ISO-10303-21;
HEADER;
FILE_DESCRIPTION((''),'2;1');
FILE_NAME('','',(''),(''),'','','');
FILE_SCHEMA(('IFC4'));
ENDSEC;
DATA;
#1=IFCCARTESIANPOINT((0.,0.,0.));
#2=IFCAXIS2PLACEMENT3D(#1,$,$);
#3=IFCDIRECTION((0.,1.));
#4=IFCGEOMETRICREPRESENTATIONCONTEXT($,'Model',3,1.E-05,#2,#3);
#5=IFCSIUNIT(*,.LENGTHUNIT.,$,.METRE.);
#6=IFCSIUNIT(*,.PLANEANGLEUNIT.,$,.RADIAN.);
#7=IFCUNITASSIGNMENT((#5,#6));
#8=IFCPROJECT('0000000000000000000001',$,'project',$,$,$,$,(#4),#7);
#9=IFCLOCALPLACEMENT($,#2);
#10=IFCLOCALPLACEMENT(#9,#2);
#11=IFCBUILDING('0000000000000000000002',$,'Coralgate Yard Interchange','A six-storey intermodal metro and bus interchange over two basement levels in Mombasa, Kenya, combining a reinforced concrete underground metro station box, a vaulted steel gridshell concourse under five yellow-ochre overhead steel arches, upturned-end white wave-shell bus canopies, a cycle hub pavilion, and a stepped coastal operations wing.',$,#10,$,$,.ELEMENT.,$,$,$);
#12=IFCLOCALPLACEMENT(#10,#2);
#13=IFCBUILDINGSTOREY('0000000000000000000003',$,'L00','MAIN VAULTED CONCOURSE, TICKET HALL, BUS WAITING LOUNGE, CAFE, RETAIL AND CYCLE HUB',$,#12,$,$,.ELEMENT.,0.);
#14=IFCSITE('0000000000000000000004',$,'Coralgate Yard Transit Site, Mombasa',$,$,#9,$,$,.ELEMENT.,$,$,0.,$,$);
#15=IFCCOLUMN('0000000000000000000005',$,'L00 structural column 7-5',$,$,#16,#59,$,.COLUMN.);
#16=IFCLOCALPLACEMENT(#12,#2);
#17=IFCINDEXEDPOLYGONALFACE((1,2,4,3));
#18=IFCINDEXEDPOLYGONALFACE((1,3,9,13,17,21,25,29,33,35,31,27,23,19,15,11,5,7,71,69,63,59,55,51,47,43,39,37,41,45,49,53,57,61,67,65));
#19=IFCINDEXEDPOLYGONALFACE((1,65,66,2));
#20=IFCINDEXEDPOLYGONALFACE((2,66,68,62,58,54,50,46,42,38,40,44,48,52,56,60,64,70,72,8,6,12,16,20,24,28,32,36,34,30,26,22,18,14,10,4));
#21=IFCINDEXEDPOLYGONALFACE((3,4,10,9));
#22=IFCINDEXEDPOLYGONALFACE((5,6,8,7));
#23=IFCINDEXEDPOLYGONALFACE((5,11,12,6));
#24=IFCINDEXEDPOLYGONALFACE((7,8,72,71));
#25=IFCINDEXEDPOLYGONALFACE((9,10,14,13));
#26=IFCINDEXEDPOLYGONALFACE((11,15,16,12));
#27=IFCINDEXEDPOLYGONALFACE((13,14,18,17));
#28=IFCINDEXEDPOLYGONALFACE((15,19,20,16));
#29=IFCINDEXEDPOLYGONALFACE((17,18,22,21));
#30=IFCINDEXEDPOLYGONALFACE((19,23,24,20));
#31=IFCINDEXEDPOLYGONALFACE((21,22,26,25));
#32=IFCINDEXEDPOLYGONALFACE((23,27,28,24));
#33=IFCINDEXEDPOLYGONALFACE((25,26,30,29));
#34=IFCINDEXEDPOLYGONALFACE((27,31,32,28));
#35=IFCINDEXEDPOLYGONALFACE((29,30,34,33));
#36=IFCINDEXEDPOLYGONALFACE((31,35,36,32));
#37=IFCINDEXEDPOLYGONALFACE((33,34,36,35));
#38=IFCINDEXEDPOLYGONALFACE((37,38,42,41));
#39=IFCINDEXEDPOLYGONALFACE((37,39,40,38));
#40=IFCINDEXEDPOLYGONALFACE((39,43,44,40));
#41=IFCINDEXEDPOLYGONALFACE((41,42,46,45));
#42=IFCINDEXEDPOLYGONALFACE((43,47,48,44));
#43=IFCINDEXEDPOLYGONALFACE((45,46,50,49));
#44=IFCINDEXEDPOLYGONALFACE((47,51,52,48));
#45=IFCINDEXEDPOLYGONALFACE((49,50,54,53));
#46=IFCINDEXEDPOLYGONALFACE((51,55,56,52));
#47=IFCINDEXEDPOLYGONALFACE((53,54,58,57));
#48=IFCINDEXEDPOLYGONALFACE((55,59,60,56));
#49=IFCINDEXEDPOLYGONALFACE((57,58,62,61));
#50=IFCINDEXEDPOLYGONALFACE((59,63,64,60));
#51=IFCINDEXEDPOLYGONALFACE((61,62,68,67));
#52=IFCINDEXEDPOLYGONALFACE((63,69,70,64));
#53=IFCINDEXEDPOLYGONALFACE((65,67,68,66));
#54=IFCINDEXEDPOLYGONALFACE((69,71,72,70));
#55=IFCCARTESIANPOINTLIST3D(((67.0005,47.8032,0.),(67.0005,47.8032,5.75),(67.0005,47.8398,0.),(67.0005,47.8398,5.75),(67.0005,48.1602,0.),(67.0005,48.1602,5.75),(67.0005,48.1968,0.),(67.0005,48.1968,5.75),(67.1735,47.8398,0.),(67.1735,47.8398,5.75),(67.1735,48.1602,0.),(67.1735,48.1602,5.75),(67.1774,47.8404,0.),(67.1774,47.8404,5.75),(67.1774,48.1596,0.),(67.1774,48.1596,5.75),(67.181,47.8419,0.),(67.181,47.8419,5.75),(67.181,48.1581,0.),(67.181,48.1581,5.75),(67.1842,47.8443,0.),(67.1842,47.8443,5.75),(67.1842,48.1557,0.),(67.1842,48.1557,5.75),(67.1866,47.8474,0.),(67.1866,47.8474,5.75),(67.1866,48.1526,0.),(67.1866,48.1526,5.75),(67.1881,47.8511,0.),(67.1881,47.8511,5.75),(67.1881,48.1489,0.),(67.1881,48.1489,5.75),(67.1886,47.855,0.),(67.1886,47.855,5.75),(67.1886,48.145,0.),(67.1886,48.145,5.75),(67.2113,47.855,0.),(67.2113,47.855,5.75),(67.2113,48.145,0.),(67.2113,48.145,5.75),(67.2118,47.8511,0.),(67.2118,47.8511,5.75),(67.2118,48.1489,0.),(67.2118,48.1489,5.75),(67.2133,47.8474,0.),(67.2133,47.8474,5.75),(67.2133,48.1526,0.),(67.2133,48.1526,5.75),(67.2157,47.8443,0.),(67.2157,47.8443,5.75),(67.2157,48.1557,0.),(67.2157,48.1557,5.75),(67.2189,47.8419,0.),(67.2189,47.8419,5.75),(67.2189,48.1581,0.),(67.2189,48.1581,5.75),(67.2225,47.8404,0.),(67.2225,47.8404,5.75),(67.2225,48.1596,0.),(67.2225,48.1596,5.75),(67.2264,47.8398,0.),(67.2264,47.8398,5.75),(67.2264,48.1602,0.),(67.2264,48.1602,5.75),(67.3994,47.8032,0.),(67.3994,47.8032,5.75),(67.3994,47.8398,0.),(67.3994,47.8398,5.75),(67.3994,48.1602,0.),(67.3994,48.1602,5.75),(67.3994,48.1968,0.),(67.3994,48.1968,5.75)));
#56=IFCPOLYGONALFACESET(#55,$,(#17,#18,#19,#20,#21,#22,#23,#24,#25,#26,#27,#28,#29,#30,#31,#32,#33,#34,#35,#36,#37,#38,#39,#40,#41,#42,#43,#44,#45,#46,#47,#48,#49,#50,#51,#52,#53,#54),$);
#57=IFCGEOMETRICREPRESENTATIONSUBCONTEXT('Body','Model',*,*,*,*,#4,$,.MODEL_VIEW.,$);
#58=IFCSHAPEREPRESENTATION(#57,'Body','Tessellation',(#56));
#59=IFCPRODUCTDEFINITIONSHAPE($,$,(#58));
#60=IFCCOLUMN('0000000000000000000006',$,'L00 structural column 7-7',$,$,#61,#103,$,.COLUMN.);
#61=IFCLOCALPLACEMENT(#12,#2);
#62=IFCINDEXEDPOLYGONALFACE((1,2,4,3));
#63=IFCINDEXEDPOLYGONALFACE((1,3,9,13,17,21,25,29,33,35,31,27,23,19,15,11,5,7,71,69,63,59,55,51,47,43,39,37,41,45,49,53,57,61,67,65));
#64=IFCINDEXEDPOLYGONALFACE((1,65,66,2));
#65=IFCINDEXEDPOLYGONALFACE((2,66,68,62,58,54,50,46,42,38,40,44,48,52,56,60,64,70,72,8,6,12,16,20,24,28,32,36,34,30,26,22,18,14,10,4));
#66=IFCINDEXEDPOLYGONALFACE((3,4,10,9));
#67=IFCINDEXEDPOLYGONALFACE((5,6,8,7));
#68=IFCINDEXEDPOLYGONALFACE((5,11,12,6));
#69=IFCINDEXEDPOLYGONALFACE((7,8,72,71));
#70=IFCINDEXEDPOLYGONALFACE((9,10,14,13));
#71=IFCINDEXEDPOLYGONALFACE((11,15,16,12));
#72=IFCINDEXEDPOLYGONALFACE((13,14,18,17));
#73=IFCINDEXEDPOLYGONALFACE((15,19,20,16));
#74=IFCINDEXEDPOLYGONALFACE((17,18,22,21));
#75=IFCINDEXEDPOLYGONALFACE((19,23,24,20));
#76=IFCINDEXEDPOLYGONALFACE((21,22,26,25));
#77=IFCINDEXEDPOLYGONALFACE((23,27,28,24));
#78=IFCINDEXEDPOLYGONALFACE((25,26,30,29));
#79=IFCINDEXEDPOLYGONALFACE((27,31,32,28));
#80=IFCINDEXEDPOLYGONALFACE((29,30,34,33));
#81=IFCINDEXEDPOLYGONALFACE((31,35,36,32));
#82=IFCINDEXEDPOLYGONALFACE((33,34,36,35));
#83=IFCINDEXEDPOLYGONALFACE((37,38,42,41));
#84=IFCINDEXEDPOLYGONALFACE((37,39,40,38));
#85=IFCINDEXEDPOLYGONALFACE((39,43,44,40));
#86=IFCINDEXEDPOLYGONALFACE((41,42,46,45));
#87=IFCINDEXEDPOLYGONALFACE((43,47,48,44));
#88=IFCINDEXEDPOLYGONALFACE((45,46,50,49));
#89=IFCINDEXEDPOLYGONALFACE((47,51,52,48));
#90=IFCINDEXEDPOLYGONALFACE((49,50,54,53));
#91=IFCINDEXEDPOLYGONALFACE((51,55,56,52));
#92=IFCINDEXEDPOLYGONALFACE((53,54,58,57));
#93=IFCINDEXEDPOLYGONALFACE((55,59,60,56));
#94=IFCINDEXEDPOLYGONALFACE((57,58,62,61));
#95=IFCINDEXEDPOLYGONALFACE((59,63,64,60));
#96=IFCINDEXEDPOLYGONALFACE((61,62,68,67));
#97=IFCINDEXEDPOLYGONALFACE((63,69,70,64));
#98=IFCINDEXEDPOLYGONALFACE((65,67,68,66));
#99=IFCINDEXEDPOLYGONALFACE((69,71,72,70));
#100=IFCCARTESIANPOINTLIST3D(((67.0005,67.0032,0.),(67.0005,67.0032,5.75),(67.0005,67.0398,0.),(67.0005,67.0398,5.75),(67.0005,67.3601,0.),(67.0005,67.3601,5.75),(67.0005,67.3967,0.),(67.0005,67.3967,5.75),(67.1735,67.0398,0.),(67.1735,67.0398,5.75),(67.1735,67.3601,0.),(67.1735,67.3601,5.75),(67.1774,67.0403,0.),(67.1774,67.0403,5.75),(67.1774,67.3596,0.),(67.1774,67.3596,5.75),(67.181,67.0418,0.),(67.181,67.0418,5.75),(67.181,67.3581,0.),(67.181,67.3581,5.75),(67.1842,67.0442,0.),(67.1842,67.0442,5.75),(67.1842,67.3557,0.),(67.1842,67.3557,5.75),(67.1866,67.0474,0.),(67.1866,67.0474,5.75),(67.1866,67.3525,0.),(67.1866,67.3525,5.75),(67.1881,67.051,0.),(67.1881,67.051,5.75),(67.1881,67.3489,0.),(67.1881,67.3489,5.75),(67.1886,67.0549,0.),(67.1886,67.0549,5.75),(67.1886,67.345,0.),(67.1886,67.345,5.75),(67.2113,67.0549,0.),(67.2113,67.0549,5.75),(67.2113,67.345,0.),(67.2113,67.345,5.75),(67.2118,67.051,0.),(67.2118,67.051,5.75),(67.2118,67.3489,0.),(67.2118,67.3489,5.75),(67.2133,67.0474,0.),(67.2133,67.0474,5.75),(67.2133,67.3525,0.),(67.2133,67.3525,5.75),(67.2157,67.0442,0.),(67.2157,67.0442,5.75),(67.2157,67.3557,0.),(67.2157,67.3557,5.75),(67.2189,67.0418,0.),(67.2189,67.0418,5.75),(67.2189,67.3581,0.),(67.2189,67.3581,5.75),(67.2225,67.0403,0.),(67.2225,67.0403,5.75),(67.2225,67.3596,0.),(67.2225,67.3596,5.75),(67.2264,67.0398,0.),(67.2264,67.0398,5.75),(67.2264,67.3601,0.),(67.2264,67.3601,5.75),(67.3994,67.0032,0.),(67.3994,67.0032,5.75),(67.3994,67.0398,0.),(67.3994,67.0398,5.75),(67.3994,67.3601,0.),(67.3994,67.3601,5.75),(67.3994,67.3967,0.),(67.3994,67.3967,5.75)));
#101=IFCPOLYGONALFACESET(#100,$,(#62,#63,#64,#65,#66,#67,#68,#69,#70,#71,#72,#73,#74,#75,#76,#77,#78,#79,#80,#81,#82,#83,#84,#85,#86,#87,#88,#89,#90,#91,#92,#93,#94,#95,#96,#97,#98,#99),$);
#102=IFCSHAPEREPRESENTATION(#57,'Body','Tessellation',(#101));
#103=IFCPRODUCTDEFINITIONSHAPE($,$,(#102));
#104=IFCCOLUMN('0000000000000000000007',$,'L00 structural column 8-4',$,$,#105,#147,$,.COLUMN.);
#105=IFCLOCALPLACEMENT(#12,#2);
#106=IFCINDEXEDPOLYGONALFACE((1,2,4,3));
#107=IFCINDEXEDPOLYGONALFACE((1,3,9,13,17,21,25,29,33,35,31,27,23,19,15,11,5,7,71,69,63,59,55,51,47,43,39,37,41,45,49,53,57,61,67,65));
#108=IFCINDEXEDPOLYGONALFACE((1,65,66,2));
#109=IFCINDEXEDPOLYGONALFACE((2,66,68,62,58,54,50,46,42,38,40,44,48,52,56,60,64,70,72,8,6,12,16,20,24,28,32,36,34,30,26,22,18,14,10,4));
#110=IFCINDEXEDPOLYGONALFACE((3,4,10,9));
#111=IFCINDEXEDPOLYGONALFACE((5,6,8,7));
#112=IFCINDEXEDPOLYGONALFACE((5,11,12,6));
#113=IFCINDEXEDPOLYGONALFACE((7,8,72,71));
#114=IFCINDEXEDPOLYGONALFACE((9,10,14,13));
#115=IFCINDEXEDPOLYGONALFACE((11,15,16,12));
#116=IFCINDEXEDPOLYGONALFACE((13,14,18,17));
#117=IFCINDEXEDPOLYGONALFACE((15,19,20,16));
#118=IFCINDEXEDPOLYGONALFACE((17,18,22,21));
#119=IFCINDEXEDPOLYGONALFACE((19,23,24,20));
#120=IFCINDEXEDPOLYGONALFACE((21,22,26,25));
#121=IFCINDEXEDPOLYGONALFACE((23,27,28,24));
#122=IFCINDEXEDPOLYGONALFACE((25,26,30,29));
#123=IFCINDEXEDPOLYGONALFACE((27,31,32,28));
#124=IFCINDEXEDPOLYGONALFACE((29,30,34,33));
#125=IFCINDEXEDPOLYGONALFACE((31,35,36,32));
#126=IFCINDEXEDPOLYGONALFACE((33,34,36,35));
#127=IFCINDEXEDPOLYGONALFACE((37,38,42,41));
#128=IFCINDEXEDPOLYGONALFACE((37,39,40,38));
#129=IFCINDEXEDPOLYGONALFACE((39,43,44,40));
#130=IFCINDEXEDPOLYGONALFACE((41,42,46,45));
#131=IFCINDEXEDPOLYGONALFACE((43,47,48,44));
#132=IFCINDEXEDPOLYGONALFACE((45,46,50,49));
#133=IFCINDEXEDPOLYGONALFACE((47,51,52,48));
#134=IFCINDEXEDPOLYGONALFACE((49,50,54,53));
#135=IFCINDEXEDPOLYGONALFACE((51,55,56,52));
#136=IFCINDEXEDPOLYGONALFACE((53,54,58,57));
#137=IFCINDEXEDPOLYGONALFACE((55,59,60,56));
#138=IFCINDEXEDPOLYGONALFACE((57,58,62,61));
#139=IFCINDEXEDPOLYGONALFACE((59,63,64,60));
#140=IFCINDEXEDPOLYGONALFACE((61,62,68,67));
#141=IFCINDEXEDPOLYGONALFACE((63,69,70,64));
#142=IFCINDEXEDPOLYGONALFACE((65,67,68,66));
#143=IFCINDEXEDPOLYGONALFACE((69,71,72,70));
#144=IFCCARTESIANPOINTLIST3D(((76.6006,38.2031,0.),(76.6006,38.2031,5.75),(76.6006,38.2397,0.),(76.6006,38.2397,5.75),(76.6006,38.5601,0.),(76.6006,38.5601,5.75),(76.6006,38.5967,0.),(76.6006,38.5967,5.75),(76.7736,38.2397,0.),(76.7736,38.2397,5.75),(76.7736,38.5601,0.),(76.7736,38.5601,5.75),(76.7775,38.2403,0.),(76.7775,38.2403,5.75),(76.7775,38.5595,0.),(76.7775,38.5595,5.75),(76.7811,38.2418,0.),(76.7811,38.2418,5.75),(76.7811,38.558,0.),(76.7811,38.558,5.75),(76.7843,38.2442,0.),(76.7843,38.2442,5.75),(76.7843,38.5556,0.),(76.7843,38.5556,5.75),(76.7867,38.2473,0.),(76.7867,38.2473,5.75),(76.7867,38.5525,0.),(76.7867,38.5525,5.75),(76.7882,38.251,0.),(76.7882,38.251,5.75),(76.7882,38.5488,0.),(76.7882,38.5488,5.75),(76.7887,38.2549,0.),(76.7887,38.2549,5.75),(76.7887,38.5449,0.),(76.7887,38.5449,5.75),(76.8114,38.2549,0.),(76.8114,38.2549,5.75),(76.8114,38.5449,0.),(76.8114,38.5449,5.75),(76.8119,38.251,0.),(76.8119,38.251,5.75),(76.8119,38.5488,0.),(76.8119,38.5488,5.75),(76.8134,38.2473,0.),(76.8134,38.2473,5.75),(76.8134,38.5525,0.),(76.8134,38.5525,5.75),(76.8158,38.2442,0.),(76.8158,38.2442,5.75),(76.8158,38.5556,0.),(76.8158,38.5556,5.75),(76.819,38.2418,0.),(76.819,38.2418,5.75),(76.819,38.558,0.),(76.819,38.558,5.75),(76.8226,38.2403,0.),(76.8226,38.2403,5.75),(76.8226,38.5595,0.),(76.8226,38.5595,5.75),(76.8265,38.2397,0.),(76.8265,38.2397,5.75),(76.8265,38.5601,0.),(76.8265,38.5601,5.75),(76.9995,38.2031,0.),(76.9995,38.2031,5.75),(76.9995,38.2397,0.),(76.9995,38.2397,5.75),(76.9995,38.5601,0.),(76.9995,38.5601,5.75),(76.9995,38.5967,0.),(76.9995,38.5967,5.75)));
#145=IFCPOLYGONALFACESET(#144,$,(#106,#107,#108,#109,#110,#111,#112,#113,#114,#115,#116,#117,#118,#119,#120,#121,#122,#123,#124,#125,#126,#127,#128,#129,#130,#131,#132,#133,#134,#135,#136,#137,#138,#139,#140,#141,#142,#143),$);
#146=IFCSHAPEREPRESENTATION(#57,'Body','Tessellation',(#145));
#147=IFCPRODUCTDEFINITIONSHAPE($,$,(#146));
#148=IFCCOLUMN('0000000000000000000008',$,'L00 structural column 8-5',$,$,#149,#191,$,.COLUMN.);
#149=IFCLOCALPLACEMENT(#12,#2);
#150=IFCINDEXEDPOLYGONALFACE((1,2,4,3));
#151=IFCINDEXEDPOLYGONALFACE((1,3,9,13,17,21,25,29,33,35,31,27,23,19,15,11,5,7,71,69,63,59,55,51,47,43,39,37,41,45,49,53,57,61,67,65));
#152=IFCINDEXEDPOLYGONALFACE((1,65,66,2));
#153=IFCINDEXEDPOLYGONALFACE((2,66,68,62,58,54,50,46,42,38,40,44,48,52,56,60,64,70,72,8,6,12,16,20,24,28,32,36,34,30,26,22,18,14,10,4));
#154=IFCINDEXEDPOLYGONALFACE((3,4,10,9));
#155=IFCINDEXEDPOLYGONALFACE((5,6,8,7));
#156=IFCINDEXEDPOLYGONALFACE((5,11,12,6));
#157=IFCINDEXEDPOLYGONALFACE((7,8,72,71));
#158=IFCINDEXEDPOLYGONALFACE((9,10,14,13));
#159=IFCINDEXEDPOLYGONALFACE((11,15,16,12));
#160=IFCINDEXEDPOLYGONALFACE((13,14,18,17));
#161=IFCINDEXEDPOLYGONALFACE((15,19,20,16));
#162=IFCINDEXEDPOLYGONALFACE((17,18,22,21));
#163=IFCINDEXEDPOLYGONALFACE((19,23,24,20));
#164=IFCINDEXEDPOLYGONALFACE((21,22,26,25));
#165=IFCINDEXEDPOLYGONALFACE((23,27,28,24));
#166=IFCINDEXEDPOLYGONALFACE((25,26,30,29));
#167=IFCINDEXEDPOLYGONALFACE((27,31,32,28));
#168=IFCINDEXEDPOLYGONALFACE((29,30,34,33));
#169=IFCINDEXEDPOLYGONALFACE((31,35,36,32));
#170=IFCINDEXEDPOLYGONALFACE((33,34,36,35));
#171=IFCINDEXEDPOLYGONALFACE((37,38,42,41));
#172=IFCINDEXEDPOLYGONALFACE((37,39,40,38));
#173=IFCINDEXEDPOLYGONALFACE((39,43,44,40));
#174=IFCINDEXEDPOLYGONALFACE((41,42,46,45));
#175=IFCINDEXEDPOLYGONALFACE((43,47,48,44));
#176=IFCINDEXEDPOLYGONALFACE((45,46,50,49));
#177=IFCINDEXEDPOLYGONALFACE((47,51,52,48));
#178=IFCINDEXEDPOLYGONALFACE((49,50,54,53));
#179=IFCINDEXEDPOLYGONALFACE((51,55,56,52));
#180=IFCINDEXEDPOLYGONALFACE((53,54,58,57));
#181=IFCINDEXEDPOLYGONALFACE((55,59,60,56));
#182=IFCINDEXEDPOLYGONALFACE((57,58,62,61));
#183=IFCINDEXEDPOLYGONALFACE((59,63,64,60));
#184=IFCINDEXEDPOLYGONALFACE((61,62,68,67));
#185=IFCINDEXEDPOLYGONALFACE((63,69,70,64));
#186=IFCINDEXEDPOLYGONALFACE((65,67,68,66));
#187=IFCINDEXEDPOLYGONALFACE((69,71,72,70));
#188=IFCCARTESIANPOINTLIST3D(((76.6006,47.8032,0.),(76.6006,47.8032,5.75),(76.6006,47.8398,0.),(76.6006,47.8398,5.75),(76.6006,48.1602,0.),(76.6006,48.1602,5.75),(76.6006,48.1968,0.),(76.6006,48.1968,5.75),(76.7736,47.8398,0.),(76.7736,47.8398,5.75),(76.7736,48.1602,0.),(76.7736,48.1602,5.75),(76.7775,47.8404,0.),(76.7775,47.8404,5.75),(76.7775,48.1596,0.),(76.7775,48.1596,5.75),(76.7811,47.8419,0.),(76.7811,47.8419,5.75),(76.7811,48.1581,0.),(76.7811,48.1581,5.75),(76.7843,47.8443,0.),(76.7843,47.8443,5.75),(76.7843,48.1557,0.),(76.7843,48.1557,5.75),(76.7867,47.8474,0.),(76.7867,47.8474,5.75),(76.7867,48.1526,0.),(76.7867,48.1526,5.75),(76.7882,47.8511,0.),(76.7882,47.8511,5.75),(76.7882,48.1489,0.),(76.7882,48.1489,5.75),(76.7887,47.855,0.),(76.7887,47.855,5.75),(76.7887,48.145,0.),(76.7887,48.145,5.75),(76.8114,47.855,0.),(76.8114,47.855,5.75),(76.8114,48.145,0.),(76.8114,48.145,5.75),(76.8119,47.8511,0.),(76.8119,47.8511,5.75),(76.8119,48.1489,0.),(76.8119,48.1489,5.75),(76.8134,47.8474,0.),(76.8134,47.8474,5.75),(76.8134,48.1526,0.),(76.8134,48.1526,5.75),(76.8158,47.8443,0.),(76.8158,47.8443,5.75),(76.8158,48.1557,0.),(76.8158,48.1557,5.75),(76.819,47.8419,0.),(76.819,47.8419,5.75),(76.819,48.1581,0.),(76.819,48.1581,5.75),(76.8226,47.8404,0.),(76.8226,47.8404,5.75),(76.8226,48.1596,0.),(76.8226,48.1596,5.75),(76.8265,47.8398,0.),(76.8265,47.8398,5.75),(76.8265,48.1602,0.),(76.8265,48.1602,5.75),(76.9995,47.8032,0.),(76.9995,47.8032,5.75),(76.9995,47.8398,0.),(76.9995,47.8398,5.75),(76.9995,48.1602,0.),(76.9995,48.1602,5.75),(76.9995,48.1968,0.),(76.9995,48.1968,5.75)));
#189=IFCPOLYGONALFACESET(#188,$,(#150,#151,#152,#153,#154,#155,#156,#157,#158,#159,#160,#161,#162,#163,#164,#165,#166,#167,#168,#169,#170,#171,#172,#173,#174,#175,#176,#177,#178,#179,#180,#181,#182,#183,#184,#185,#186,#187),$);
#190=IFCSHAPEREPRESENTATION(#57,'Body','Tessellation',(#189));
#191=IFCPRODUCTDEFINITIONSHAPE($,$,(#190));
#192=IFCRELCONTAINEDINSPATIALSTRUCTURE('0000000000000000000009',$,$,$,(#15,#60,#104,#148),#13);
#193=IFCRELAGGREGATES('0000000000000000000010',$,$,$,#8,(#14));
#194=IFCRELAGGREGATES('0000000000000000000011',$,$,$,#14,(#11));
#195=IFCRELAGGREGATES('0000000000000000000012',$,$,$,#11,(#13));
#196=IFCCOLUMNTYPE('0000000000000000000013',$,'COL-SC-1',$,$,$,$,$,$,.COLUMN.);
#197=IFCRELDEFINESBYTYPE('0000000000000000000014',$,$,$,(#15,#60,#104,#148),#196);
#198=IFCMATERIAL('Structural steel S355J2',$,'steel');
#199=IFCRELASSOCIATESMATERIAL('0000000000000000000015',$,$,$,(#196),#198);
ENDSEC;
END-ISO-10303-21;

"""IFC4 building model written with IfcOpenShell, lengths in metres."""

from ifc_helpers import new_model, si_unit, direction, frame, origin, origin_2d, place, context, subcontext, project, spatial, i_section, extrude, material, material_profile, profile_set, type_object, element, save


model = new_model("IFC4")

# Units and contexts
model_context = context("Model", 3, precision=1e-05, world=origin(), true_north=direction((0.0, 1.0)))
body_context = subcontext(model_context, "Body", "Model", "MODEL_VIEW")
ifc_project = project(units=[si_unit("LENGTHUNIT", "METRE"), si_unit("PLANEANGLEUNIT", "RADIAN")], contexts=[model_context])

# Site, building, storey
site_placement = place(None, origin())
site = spatial("IfcSite", under=ifc_project, at=site_placement, Name="Coralgate Yard Transit Site, Mombasa", CompositionType="ELEMENT", RefElevation=0.0)
building_placement = place(site_placement, origin())
building = spatial("IfcBuilding", under=site, at=building_placement, Name="Coralgate Yard Interchange", Description="A six-storey intermodal metro and bus interchange over two basement levels in Mombasa, Kenya, combining a reinforced concrete underground metro station box, a vaulted steel gridshell concourse under five yellow-ochre overhead steel arches, upturned-end white wave-shell bus canopies, a cycle hub pavilion, and a stepped coastal operations wing.", CompositionType="ELEMENT")
storey_placement = place(building_placement, origin())
storey = spatial("IfcBuildingStorey", under=building, at=storey_placement, Name="L00", Description="MAIN VAULTED CONCOURSE, TICKET HALL, BUS WAITING LOUNGE, CAFE, RETAIL AND CYCLE HUB", CompositionType="ELEMENT", Elevation=0.0)

# Columns
ifc_material_1 = material(Name="Structural steel S355J2", Category="steel")
ifc_material_profile_1 = material_profile(ifc_material_1, i_section(OverallWidth=0.3989, OverallDepth=0.3936, WebThickness=0.0227, FlangeThickness=0.0366, FilletRadius=0.0151, at=origin_2d()), Name="UC 356x406x287")
ifc_profile_set_1 = profile_set([ifc_material_profile_1], Name="Structural steel S355J2")
column_type = type_object("IfcColumnType", Name="COL-SC-1", PredefinedType="COLUMN", material=ifc_profile_set_1)
for number, where, z_axis, x_axis, name in (
    (1, (67.2, 48.0, 0.0), (0.0, 0.0, 1.0), (1.0, 0.0, 0.0), "L00 structural column 7-5"),
    (2, (67.2, 67.2, 0.0), (0.0, 0.0, 1.0), (1.0, 0.0, 0.0), "L00 structural column 7-7"),
    (3, (76.8, 38.3999, 0.0), (0.0, 0.0, 1.0), (1.0, 0.0, 0.0), "L00 structural column 8-4"),
    (4, (76.8, 48.0, 0.0), (0.0, 0.0, 1.0), (1.0, 0.0, 0.0), "L00 structural column 8-5"),
):
    element("IfcColumn", number, at=place(storey_placement, frame(where, z_axis=z_axis, x_axis=x_axis)), inside=storey, type_object=column_type, Name=name, PredefinedType="COLUMN", context=body_context, shape_type="SweptSolid", body=[
        extrude(i_section(OverallWidth=0.3989, OverallDepth=0.3936, WebThickness=0.0227, FlangeThickness=0.0366, FilletRadius=0.0151, at=origin_2d()), origin(), (0.0, 0.0, 1.0), 5.75),
    ])

save(model, "model.ifc")
